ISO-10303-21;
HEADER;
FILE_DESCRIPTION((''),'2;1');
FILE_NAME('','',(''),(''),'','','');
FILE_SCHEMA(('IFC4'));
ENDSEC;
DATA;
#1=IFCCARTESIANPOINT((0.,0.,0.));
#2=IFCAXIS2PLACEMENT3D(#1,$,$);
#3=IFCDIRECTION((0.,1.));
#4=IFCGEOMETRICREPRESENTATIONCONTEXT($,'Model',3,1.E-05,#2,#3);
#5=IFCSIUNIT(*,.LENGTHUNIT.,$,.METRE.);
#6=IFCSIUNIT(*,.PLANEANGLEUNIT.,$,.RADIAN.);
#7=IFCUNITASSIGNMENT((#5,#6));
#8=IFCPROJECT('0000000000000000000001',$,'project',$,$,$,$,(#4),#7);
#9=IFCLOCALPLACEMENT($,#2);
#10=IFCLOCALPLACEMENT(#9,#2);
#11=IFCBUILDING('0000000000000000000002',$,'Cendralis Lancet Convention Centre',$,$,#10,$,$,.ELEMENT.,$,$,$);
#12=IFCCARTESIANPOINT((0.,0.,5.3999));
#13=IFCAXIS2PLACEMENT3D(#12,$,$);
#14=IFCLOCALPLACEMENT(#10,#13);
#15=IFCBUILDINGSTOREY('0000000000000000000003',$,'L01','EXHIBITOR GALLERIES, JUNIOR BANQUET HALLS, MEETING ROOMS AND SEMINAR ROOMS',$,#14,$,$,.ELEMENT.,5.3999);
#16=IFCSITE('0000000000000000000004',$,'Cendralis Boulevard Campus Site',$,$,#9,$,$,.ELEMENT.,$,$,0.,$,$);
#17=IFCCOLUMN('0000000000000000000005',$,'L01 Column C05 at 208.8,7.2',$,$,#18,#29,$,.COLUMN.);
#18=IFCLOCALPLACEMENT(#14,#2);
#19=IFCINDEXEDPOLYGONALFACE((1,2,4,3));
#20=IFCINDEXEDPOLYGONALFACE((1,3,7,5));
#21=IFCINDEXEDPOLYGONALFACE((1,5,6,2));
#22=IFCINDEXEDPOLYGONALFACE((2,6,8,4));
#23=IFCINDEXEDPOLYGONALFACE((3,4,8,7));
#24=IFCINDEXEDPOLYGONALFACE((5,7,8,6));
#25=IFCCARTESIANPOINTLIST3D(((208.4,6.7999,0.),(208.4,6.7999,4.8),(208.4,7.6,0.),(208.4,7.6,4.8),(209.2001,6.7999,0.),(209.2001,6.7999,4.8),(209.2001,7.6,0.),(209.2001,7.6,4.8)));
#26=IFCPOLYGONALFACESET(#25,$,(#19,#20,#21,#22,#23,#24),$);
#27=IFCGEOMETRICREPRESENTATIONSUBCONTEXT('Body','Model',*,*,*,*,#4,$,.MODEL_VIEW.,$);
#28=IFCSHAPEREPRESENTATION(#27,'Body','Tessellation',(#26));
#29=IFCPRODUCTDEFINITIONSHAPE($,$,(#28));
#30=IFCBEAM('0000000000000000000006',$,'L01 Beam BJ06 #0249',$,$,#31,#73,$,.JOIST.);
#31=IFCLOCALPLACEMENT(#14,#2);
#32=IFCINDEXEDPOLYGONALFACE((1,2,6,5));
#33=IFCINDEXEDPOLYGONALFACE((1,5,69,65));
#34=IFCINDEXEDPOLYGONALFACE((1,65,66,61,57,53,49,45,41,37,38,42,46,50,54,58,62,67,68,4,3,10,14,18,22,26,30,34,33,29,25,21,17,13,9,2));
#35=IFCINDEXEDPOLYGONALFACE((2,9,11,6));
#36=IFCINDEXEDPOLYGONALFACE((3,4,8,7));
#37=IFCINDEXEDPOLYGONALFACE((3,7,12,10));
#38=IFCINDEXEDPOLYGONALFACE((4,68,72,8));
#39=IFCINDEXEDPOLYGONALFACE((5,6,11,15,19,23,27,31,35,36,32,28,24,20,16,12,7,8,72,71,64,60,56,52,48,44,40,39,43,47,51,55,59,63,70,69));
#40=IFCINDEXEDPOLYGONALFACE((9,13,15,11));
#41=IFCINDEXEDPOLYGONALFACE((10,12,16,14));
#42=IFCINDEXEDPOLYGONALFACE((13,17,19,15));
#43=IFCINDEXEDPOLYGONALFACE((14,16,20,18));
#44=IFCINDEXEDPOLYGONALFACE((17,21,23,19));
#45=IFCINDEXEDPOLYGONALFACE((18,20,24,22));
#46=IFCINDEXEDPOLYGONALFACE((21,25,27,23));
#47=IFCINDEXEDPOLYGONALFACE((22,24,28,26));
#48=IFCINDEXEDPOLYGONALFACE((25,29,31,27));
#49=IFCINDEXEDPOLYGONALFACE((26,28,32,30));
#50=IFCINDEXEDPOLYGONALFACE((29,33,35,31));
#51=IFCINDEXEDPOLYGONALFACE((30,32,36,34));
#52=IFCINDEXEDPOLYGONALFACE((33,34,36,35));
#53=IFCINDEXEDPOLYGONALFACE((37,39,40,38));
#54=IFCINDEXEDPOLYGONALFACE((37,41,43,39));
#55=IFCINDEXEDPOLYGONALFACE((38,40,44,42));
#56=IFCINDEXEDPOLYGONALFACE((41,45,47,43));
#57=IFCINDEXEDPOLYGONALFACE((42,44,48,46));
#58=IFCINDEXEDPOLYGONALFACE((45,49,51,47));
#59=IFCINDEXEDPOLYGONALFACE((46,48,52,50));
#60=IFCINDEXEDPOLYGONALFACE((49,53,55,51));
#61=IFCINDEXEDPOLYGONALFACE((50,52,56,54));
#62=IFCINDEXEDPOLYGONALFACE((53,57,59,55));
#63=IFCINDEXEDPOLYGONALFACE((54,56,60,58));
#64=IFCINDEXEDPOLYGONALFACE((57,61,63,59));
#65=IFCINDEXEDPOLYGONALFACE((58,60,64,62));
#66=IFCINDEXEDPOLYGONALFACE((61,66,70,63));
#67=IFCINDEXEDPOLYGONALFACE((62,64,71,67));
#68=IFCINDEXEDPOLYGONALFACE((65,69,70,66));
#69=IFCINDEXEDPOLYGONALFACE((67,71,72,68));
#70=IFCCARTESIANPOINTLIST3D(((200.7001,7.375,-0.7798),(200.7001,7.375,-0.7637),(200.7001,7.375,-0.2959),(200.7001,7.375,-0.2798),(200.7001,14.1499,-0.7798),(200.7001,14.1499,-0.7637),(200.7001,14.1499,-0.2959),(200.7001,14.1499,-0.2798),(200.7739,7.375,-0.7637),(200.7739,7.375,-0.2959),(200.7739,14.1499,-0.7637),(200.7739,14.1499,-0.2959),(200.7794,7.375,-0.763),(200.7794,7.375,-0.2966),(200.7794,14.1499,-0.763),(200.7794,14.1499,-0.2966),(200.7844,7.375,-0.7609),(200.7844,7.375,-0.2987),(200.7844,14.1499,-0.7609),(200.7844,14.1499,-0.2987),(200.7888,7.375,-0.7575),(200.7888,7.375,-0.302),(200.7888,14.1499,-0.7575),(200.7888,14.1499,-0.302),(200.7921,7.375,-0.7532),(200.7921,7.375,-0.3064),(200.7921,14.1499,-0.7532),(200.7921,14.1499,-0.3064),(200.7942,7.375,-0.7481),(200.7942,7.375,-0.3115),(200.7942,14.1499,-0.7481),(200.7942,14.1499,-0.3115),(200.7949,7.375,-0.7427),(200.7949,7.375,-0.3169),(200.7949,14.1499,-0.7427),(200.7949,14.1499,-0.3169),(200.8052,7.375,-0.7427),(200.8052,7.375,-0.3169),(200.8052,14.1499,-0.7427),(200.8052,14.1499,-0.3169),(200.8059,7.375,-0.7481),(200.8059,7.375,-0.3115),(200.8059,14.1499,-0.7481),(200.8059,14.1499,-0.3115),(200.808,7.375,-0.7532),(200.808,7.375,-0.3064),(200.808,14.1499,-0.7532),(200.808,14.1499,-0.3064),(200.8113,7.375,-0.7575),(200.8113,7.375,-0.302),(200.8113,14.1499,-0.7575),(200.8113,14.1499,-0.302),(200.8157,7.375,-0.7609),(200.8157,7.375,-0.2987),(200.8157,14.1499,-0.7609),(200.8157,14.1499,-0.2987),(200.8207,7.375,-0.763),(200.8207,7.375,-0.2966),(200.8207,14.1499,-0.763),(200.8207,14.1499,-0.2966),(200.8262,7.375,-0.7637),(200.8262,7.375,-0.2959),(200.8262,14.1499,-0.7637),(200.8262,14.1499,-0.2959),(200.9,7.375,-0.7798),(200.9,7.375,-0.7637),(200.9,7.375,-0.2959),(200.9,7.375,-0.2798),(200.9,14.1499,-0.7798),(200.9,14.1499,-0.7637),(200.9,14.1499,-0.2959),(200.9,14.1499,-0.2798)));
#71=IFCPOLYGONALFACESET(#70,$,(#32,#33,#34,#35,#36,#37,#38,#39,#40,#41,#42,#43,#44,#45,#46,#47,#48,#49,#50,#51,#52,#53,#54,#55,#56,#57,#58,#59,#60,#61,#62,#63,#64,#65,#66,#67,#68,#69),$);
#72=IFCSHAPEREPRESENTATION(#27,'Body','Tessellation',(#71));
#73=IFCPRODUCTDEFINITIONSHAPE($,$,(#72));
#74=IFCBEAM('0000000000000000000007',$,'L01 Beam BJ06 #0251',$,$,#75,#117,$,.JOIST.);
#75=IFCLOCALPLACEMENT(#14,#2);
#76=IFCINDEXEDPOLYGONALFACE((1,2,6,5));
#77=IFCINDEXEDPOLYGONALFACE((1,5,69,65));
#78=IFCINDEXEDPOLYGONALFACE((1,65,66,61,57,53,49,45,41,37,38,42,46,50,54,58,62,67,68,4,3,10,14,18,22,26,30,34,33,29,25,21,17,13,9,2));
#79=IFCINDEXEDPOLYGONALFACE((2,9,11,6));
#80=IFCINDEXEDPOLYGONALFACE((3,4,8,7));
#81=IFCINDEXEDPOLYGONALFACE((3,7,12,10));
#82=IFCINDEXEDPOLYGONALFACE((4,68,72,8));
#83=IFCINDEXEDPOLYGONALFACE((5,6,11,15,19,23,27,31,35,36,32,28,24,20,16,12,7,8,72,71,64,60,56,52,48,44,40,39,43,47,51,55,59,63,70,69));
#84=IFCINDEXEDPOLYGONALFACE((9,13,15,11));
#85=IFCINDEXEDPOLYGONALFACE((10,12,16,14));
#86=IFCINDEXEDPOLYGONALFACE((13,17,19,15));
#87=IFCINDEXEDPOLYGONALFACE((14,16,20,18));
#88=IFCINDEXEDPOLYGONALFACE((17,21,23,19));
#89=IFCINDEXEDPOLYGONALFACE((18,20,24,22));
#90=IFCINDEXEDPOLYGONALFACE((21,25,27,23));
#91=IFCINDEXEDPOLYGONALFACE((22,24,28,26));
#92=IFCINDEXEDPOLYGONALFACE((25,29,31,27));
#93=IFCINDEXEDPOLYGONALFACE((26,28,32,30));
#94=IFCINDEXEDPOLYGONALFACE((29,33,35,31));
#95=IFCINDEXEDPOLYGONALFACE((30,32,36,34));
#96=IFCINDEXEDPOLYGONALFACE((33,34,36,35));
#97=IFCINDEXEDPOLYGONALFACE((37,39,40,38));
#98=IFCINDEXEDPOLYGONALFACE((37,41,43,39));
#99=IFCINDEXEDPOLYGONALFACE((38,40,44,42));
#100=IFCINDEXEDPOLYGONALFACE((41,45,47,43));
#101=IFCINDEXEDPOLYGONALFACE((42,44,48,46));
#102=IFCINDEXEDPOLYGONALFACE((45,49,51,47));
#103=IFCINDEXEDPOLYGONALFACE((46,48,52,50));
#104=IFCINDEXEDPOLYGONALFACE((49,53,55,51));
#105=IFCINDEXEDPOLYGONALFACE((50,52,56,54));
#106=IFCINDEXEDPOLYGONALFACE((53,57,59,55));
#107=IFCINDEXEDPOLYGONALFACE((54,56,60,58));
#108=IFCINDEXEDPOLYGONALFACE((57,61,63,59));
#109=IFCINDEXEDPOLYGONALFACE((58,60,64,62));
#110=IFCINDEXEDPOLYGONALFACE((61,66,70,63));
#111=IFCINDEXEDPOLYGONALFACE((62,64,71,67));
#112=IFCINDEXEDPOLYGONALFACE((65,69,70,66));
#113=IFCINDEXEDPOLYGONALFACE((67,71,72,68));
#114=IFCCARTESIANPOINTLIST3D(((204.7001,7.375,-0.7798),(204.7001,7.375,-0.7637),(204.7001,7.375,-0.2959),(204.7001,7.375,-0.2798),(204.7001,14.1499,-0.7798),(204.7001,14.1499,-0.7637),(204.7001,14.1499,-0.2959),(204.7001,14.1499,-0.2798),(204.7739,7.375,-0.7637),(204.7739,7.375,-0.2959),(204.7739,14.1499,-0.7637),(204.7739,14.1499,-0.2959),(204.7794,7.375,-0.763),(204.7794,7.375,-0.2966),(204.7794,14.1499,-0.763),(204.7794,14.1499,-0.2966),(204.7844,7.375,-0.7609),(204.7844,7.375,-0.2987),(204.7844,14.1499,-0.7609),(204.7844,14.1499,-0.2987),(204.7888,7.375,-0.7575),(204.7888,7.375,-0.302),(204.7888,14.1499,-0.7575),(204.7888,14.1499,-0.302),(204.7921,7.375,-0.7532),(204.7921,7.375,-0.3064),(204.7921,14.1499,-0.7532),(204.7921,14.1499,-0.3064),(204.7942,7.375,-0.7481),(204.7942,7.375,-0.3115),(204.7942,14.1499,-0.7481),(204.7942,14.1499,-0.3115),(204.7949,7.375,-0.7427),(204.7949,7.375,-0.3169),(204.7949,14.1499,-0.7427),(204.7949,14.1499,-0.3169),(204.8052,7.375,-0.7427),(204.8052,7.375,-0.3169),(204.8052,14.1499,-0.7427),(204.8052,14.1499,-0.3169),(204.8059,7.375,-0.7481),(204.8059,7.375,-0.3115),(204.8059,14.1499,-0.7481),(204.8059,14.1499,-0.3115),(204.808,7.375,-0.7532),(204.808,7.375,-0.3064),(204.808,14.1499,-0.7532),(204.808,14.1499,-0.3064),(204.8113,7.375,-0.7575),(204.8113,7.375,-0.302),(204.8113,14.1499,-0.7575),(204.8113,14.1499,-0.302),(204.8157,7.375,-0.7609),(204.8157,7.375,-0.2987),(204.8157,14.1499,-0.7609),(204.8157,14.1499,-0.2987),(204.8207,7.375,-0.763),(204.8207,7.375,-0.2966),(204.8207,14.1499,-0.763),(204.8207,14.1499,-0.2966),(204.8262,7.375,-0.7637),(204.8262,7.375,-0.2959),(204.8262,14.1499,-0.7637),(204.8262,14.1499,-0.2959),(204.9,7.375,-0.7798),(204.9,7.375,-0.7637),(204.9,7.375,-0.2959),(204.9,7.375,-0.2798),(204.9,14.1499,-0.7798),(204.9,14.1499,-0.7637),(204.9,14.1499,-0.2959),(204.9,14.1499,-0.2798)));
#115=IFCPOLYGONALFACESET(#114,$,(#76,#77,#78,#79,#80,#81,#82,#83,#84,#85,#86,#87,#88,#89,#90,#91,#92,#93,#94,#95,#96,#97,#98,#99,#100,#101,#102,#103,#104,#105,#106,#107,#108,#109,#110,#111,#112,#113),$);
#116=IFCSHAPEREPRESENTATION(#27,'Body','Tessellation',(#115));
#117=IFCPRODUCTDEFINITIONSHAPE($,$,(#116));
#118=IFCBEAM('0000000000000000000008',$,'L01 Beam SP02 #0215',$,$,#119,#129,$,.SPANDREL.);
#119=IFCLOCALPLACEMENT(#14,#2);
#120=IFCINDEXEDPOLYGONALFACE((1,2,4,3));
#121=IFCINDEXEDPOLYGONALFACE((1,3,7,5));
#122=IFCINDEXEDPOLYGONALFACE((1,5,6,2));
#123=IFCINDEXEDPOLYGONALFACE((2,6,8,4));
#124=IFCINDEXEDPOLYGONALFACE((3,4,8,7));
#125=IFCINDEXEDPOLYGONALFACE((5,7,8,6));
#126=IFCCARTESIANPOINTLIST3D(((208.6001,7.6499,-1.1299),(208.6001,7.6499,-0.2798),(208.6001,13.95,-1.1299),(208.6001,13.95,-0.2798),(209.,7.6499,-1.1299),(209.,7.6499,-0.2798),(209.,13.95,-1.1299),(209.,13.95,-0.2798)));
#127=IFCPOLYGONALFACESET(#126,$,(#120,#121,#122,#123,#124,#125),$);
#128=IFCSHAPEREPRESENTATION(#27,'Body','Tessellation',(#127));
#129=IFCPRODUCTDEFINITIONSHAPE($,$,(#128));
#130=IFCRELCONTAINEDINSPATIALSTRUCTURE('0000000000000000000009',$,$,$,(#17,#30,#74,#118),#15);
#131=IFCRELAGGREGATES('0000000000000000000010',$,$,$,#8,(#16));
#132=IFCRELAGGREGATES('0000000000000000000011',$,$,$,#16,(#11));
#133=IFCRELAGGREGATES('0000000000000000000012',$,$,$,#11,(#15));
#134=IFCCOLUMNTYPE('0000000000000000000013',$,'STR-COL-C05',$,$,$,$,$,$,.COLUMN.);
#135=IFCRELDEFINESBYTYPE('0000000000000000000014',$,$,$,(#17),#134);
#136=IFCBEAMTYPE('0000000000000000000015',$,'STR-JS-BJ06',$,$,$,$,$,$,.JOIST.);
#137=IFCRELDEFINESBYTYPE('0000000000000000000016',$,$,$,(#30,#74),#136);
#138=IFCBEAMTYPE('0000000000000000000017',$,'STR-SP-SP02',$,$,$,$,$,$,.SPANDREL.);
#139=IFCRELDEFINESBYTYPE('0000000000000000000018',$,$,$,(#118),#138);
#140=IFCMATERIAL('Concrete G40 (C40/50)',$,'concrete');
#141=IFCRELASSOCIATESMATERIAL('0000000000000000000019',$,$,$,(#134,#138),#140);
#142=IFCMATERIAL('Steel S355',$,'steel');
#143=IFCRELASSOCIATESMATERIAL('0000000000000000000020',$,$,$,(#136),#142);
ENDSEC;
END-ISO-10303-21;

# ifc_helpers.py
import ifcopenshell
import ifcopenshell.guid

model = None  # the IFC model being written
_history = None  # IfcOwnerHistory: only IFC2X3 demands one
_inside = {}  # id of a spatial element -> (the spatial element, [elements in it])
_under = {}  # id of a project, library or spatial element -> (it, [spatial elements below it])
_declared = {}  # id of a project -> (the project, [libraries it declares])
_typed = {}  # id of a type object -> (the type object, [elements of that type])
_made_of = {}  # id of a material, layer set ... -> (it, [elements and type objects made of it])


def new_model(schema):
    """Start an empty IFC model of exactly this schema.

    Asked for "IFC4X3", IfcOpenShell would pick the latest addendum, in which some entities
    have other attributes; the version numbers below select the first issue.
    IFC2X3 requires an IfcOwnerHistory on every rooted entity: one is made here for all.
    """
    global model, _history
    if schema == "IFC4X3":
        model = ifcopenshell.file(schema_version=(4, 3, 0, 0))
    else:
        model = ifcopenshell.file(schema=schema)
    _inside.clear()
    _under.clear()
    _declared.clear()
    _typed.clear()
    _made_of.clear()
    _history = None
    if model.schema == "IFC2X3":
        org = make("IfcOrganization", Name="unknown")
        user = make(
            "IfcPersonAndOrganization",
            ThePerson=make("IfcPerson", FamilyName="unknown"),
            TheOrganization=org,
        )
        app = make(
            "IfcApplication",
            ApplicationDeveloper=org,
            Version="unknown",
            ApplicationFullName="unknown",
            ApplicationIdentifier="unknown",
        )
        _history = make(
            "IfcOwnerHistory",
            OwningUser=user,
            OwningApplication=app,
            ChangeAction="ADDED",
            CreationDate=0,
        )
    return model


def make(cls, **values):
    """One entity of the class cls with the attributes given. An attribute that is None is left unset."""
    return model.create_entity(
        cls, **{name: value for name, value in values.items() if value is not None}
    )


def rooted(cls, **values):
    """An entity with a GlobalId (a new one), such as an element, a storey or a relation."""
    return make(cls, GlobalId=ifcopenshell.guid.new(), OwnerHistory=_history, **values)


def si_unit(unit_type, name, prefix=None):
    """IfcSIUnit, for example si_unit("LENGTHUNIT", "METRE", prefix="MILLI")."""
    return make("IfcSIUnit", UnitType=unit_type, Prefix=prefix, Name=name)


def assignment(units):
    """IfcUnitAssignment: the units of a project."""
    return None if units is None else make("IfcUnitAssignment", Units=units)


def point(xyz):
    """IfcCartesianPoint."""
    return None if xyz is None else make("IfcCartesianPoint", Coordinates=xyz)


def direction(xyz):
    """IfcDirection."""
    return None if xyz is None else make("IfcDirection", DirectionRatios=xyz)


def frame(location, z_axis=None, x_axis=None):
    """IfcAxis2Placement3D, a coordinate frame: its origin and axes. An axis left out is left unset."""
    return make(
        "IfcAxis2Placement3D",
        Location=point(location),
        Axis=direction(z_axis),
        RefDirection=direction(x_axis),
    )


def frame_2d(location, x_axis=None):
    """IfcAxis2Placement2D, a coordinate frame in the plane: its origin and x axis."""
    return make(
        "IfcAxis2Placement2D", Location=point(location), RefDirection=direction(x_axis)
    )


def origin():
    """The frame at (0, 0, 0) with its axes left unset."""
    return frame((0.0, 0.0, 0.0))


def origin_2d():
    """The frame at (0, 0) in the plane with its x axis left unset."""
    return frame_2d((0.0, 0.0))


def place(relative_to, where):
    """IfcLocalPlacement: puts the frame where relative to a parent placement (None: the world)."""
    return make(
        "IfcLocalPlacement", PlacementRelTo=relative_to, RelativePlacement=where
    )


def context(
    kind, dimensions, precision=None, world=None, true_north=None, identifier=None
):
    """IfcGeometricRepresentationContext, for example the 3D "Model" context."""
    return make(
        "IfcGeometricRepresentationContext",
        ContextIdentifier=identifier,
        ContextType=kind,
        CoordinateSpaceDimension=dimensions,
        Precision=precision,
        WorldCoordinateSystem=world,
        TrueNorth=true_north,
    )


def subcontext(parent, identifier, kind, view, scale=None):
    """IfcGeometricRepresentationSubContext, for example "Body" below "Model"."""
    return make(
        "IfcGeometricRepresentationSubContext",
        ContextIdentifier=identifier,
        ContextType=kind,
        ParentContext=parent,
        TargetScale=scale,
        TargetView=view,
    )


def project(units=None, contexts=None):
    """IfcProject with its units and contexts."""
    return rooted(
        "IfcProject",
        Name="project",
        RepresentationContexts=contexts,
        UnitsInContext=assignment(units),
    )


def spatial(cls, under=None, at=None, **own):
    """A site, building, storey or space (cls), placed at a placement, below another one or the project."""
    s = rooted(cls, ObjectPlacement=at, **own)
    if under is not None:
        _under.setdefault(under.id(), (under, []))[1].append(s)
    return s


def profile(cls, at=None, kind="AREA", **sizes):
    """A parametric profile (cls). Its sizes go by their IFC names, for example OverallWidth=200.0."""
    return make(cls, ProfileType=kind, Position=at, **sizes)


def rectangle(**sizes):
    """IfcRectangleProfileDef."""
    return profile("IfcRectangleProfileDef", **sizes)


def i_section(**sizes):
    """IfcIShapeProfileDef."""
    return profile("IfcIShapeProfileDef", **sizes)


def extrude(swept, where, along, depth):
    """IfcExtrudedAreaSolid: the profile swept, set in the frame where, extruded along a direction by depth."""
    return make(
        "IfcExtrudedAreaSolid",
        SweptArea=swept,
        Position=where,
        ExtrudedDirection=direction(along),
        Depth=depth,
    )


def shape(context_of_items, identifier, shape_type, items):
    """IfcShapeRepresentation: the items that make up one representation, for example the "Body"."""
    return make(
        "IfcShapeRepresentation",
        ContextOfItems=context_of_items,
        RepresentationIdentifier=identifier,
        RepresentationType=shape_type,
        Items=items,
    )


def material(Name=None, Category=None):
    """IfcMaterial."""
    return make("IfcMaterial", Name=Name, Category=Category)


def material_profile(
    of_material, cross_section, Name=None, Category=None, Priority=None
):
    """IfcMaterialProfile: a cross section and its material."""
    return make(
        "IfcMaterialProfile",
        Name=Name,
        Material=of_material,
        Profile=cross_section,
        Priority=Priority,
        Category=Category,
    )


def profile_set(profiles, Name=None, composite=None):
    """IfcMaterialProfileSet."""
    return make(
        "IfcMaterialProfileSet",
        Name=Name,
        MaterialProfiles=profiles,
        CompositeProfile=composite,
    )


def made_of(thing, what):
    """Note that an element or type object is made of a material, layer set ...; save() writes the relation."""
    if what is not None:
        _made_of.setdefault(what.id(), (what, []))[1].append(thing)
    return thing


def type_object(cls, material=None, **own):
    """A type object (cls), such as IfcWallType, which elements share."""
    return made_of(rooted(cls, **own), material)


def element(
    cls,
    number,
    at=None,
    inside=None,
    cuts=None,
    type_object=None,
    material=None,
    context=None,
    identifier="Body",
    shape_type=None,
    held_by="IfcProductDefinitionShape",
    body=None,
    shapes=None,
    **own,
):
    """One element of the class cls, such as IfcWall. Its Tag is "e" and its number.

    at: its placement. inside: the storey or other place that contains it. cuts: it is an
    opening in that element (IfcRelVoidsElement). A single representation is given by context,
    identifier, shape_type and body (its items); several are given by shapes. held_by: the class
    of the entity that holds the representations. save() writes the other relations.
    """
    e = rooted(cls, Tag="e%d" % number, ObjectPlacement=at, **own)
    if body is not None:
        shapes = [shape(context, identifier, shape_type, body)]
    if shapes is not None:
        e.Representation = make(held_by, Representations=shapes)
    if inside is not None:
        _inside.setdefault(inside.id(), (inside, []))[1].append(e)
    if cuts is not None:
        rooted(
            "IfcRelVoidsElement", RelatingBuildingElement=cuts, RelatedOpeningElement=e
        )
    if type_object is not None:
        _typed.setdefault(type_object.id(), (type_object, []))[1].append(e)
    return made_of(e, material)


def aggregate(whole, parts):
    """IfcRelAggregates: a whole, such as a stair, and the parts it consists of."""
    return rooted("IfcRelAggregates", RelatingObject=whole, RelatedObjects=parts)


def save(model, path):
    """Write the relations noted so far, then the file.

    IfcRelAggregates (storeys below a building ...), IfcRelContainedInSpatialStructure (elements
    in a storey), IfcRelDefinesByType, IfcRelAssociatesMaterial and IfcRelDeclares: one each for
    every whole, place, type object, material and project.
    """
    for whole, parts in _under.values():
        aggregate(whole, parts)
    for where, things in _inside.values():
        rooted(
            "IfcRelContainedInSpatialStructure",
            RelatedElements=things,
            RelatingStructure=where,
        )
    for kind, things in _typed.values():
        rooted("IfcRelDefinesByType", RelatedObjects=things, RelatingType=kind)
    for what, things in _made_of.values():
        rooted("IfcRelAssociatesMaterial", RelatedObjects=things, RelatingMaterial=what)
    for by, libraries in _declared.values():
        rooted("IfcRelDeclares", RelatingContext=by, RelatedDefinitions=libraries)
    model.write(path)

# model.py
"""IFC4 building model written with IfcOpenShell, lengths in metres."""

from ifc_helpers import new_model, si_unit, direction, frame, origin, origin_2d, place, context, subcontext, project, spatial, rectangle, i_section, extrude, material, material_profile, profile_set, type_object, element, save


model = new_model("IFC4")

# Units and contexts
model_context = context("Model", 3, precision=1e-05, world=origin(), true_north=direction((0.0, 1.0)))
body_context = subcontext(model_context, "Body", "Model", "MODEL_VIEW")
ifc_project = project(units=[si_unit("LENGTHUNIT", "METRE"), si_unit("PLANEANGLEUNIT", "RADIAN")], contexts=[model_context])

# Site, building, storey
site_placement = place(None, origin())
site = spatial("IfcSite", under=ifc_project, at=site_placement, Name="Cendralis Boulevard Campus Site", CompositionType="ELEMENT", RefElevation=0.0)
building_placement = place(site_placement, origin())
building = spatial("IfcBuilding", under=site, at=building_placement, Name="Cendralis Lancet Convention Centre", CompositionType="ELEMENT")
storey_placement = place(building_placement, frame((0.0, 0.0, 5.3999)))
storey = spatial("IfcBuildingStorey", under=building, at=storey_placement, Name="L01", Description="EXHIBITOR GALLERIES, JUNIOR BANQUET HALLS, MEETING ROOMS AND SEMINAR ROOMS", CompositionType="ELEMENT", Elevation=5.3999)

# Column
ifc_material_1 = material(Name="Concrete G40 (C40/50)", Category="concrete")
ifc_material_profile_1 = material_profile(ifc_material_1, rectangle(XDim=0.8, YDim=0.8, at=origin_2d()), Name="RC 800x800")
ifc_profile_set_1 = profile_set([ifc_material_profile_1], Name="Concrete G40 (C40/50)")
column_type = type_object("IfcColumnType", Name="STR-COL-C05", PredefinedType="COLUMN", material=ifc_profile_set_1)
column_placement = place(storey_placement, frame((208.8, 7.2, 0.0), z_axis=(0.0, 0.0, 1.0), x_axis=(1.0, 0.0, 0.0)))
element("IfcColumn", 1, at=column_placement, inside=storey, type_object=column_type, Name="L01 Column C05 at 208.8,7.2", PredefinedType="COLUMN", context=body_context, shape_type="SweptSolid", body=[
    extrude(rectangle(XDim=0.8, YDim=0.8, at=origin_2d()), origin(), (0.0, 0.0, 1.0), 4.8),
])

# Beams
ifc_material_2 = material(Name="Steel S355", Category="steel")
ifc_material_profile_2 = material_profile(ifc_material_2, i_section(OverallWidth=0.2, OverallDepth=0.5, WebThickness=0.0103, FlangeThickness=0.0161, FilletRadius=0.021, at=origin_2d()), Name="IPE 500")
ifc_profile_set_2 = profile_set([ifc_material_profile_2], Name="Steel S355")
beam_type_1 = type_object("IfcBeamType", Name="STR-JS-BJ06", PredefinedType="JOIST", material=ifc_profile_set_2)
for number, where, z_axis, x_axis, name in (
    (2, (200.8, 7.375, -0.5298), (0.0, 1.0, 0.0), (-1.0, 0.0, 0.0), "L01 Beam BJ06 #0249"),
    (3, (204.8, 7.375, -0.5298), (0.0, 1.0, 0.0), (-1.0, 0.0, 0.0), "L01 Beam BJ06 #0251"),
):
    element("IfcBeam", number, at=place(storey_placement, frame(where, z_axis=z_axis, x_axis=x_axis)), inside=storey, type_object=beam_type_1, Name=name, PredefinedType="JOIST", context=body_context, shape_type="SweptSolid", body=[
        extrude(i_section(OverallWidth=0.2, OverallDepth=0.5, WebThickness=0.0103, FlangeThickness=0.0161, FilletRadius=0.021, at=origin_2d()), origin(), (0.0, 0.0, 1.0), 6.7749),
    ])
ifc_material_profile_3 = material_profile(ifc_material_1, rectangle(XDim=0.3999, YDim=0.8501, at=origin_2d()), Name="RCB 400x850")
ifc_profile_set_3 = profile_set([ifc_material_profile_3], Name="Concrete G40 (C40/50)")
beam_type_2 = type_object("IfcBeamType", Name="STR-SP-SP02", PredefinedType="SPANDREL", material=ifc_profile_set_3)
beam_placement = place(storey_placement, frame((208.8, 7.6499, -0.7048), z_axis=(0.0, 1.0, 0.0), x_axis=(-1.0, 0.0, 0.0)))
element("IfcBeam", 4, at=beam_placement, inside=storey, type_object=beam_type_2, Name="L01 Beam SP02 #0215", PredefinedType="SPANDREL", context=body_context, shape_type="SweptSolid", body=[
    extrude(rectangle(XDim=0.3999, YDim=0.8501, at=origin_2d()), origin(), (0.0, 0.0, 1.0), 6.3),
])

save(model, "model.ifc")
